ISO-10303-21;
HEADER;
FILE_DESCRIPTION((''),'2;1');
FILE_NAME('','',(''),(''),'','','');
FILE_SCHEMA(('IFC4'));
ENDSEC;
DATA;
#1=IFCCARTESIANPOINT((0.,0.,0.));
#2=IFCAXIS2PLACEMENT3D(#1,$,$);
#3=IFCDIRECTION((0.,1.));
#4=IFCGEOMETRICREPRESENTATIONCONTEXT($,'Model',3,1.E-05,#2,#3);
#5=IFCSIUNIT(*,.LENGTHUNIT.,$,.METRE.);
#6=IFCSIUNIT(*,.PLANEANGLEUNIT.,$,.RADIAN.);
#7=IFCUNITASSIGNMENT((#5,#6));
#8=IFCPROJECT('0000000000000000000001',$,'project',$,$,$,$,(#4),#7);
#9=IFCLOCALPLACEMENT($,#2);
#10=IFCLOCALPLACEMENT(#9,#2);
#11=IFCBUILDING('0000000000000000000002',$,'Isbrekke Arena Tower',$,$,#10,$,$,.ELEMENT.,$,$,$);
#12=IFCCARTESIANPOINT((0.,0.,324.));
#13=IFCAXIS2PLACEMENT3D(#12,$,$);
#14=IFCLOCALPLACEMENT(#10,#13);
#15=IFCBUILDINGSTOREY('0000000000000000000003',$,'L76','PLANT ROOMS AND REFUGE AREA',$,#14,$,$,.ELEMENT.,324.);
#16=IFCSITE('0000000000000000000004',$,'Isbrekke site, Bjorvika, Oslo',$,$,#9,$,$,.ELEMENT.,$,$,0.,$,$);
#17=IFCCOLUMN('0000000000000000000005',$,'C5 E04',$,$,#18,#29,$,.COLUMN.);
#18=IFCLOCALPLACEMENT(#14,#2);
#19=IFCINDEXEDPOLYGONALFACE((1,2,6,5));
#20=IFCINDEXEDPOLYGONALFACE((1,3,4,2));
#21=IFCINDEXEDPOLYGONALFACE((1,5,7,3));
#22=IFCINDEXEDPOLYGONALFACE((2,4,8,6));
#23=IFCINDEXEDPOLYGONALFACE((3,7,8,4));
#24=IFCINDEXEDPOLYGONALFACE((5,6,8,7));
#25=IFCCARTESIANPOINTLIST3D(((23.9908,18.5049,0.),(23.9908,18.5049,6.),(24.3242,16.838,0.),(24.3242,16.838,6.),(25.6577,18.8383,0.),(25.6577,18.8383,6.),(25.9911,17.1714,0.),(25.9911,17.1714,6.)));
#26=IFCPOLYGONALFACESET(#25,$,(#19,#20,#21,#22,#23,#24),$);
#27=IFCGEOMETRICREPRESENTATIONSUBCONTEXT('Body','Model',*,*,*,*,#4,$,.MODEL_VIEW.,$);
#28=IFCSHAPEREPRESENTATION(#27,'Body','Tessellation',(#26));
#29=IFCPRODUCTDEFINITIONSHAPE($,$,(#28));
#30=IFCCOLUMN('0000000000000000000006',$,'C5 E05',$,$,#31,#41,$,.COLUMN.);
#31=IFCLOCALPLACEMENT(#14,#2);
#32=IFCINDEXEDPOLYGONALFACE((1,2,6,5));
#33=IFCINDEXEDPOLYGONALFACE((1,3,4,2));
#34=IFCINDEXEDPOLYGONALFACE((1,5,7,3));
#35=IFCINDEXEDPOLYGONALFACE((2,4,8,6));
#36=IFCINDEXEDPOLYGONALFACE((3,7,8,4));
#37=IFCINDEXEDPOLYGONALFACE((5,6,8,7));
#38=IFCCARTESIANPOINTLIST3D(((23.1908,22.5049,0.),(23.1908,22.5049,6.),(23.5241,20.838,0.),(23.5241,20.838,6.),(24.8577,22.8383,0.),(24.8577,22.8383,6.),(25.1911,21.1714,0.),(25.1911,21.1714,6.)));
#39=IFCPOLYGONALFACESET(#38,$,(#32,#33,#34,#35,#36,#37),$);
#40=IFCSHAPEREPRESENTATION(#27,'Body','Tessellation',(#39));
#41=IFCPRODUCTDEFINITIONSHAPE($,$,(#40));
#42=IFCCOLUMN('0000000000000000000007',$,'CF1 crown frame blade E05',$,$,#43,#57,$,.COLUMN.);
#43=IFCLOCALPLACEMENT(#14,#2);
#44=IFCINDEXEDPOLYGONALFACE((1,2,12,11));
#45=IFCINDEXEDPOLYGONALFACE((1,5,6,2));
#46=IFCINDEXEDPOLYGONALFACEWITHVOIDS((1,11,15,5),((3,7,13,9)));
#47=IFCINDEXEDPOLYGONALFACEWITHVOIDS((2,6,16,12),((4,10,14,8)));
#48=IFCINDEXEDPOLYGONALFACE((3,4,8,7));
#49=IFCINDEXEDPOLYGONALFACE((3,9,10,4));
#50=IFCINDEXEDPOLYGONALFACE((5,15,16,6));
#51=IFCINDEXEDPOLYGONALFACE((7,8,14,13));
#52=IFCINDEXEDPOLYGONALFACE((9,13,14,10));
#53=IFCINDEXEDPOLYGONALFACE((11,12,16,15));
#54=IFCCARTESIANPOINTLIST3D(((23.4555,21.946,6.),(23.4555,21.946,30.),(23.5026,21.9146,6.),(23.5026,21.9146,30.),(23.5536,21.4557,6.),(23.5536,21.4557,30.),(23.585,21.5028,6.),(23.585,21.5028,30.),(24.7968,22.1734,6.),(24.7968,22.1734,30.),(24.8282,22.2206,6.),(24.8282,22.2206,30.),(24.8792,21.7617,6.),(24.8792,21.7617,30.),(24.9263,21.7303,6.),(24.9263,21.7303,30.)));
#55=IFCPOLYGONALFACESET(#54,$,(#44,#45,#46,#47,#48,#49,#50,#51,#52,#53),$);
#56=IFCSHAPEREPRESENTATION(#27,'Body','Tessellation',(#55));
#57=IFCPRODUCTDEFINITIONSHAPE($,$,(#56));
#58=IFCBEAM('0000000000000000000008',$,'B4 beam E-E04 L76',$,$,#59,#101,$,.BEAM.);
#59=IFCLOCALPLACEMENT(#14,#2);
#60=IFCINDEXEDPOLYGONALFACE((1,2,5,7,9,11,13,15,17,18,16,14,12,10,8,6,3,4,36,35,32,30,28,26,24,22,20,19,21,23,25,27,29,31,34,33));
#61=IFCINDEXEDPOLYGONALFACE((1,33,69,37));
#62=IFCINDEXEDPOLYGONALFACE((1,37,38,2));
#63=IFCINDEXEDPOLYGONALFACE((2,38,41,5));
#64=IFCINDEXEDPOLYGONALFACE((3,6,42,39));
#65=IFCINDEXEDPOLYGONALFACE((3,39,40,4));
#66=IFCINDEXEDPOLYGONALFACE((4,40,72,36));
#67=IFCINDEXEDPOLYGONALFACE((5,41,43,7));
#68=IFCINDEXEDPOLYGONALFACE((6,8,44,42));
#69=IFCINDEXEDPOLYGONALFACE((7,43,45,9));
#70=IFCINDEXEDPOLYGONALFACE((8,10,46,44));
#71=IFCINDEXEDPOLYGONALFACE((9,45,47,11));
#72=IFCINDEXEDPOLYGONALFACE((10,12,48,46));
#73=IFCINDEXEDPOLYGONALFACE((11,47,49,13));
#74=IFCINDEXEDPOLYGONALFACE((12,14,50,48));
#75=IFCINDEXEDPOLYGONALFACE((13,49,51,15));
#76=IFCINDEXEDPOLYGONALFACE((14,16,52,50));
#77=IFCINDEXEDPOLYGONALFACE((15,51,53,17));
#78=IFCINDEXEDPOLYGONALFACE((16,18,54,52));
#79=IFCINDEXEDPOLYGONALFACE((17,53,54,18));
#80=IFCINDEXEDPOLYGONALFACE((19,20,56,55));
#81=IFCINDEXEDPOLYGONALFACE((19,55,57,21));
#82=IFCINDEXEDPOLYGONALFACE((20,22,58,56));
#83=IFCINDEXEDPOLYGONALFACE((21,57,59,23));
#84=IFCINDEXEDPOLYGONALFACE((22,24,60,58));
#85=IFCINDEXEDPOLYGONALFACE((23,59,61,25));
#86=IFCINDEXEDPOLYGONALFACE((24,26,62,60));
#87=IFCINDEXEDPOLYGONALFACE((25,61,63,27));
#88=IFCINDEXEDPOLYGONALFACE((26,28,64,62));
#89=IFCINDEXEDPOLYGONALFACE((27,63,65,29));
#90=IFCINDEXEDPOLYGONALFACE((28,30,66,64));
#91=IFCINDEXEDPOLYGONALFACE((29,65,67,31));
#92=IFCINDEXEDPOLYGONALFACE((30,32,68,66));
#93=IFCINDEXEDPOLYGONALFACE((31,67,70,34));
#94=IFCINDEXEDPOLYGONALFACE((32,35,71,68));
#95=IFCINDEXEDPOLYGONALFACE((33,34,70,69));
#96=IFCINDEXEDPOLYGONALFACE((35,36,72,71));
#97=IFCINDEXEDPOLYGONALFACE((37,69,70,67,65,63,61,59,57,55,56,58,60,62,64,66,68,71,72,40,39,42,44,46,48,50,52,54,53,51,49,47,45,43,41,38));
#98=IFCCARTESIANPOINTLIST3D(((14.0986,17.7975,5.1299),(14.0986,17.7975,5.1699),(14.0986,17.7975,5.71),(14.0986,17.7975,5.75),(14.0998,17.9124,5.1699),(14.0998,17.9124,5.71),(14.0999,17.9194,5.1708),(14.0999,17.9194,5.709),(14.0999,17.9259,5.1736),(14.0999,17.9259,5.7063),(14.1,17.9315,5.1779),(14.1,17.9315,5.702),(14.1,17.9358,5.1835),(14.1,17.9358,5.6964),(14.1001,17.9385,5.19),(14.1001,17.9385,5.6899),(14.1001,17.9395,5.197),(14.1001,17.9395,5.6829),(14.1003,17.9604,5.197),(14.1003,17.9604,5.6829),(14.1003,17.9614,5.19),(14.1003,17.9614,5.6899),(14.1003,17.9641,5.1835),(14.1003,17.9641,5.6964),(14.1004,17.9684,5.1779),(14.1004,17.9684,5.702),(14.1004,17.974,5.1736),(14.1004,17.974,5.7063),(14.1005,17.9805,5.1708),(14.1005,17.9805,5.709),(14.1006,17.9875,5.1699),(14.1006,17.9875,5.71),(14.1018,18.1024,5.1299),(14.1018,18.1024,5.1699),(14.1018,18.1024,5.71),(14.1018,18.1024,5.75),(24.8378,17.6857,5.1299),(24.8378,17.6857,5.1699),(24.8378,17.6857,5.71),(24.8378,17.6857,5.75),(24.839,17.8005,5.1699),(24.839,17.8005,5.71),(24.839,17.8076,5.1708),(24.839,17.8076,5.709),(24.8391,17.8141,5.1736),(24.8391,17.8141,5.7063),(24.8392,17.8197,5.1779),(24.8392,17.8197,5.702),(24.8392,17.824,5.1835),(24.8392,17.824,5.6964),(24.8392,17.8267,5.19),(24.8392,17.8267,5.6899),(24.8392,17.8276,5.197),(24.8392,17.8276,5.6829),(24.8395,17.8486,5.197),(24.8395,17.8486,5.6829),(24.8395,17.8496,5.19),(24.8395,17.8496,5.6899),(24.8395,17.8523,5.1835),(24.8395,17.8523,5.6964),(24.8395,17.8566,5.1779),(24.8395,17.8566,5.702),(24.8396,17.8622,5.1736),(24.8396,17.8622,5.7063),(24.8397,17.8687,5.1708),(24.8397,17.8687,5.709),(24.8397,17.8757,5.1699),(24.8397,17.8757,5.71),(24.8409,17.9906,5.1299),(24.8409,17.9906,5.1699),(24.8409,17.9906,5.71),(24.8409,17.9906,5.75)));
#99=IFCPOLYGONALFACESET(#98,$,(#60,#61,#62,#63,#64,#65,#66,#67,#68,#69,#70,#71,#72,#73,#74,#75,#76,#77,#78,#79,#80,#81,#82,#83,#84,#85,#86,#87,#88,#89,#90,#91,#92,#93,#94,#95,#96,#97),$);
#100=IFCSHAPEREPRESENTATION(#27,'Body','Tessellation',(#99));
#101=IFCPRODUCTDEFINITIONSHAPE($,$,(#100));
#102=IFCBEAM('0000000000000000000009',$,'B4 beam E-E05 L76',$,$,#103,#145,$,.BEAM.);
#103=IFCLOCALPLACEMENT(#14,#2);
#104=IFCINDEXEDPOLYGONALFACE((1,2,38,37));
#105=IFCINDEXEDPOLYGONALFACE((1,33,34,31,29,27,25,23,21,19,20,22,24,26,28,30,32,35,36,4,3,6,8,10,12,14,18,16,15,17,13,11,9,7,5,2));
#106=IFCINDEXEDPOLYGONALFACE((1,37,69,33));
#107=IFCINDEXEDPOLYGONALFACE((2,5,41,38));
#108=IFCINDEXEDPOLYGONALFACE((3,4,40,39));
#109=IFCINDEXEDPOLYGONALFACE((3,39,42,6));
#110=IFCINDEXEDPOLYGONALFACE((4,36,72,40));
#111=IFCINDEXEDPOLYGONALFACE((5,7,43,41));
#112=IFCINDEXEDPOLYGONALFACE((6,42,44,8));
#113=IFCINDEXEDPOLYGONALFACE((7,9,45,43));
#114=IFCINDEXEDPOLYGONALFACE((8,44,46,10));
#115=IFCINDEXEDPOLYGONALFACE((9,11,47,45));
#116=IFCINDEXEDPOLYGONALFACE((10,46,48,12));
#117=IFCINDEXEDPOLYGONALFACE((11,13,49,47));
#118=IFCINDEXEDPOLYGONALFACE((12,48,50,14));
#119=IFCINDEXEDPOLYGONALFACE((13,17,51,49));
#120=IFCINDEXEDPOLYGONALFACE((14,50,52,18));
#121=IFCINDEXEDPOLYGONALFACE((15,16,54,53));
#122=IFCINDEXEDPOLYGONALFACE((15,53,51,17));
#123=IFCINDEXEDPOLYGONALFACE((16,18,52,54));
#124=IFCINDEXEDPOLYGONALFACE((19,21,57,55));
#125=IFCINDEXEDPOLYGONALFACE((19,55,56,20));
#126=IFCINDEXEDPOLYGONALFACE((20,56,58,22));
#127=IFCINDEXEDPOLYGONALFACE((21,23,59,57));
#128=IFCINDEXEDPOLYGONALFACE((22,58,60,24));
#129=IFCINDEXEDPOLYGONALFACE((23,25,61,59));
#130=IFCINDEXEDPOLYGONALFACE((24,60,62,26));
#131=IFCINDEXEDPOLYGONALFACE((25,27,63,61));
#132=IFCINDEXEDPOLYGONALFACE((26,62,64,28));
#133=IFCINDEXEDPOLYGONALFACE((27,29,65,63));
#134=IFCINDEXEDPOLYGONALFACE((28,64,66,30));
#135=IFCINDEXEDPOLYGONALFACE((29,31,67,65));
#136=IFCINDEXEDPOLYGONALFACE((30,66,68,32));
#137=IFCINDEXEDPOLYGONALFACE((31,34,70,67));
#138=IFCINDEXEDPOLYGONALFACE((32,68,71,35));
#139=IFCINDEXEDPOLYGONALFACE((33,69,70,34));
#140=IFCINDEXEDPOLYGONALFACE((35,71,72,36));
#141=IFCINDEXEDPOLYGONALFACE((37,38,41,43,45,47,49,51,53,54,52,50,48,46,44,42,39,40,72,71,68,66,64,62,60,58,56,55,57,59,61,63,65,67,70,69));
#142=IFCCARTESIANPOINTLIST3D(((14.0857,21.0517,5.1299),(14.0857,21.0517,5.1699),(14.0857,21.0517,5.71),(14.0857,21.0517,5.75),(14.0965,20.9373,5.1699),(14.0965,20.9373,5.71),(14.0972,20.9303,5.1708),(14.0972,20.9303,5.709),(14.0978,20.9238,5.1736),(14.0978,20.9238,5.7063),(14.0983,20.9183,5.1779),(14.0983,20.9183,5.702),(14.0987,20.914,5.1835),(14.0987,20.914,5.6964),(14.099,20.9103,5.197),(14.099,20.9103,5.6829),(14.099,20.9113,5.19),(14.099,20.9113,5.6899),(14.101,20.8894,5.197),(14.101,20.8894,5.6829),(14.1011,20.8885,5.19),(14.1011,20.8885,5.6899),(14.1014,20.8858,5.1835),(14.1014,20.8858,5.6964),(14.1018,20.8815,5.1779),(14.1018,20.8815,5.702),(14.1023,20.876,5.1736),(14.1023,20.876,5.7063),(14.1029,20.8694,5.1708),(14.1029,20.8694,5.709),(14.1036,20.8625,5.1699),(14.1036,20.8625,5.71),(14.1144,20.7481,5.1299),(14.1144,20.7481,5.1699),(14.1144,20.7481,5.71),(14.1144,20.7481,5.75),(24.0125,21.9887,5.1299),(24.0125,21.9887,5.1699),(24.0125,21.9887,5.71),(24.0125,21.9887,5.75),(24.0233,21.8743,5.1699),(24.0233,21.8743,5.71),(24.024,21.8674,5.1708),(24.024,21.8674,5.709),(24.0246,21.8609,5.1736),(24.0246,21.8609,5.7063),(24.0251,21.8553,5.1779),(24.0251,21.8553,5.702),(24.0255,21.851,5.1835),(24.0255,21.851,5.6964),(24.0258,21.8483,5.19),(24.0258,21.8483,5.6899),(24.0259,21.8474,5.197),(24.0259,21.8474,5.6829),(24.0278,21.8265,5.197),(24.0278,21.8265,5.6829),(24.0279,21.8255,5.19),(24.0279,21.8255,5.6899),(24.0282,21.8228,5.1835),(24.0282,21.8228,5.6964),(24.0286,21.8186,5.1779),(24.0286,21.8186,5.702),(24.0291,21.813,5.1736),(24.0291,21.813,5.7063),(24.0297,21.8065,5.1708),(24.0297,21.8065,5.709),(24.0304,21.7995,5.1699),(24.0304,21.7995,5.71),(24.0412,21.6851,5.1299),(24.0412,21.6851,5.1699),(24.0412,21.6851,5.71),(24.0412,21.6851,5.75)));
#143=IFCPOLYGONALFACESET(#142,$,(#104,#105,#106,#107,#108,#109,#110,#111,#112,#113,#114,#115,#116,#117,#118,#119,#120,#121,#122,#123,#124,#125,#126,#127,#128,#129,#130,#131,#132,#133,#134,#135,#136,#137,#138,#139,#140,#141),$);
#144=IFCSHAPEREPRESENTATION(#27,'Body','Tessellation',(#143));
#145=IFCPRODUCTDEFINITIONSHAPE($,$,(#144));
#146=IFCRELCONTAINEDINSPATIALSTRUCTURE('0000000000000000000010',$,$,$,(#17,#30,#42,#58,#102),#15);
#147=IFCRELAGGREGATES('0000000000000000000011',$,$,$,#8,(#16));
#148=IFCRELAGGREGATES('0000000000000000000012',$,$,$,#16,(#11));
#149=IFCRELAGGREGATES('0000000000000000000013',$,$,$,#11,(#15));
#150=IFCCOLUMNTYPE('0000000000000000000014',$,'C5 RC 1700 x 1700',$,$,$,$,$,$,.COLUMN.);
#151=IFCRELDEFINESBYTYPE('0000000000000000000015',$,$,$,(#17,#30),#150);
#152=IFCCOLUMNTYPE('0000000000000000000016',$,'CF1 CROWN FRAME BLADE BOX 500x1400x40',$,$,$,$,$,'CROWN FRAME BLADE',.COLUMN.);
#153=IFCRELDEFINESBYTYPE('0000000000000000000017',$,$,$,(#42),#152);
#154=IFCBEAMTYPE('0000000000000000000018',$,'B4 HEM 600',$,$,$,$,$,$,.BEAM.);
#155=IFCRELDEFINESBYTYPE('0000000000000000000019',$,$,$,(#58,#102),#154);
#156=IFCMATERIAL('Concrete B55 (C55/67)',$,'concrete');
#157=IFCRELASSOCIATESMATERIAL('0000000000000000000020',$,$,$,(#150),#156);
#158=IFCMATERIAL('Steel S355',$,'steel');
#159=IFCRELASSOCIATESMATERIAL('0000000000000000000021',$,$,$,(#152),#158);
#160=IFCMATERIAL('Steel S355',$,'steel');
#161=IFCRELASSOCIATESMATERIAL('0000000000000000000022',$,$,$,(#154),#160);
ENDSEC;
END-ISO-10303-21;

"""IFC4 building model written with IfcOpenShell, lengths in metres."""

from ifc_helpers import new_model, si_unit, direction, frame, origin, origin_2d, place, context, subcontext, project, spatial, rectangle, hollow_rectangle, i_section, extrude, material, material_profile, profile_set, type_object, element, save


model = new_model("IFC4")

# Units and contexts
model_context = context("Model", 3, precision=1e-05, world=origin(), true_north=direction((0.0, 1.0)))
body_context = subcontext(model_context, "Body", "Model", "MODEL_VIEW")
ifc_project = project(units=[si_unit("LENGTHUNIT", "METRE"), si_unit("PLANEANGLEUNIT", "RADIAN")], contexts=[model_context])

# Site, building, storey
site_placement = place(None, origin())
site = spatial("IfcSite", under=ifc_project, at=site_placement, Name="Isbrekke site, Bjorvika, Oslo", CompositionType="ELEMENT", RefElevation=0.0)
building_placement = place(site_placement, origin())
building = spatial("IfcBuilding", under=site, at=building_placement, Name="Isbrekke Arena Tower", CompositionType="ELEMENT")
storey_placement = place(building_placement, frame((0.0, 0.0, 324.0)))
storey = spatial("IfcBuildingStorey", under=building, at=storey_placement, Name="L76", Description="PLANT ROOMS AND REFUGE AREA", CompositionType="ELEMENT", Elevation=324.0)

# Columns
ifc_material_1 = material(Name="Concrete B55 (C55/67)", Category="concrete")
ifc_material_profile_1 = material_profile(ifc_material_1, rectangle(XDim=1.7, YDim=1.7, at=origin_2d()), Name="RC 1700x1700")
ifc_profile_set_1 = profile_set([ifc_material_profile_1], Name="Concrete B55 (C55/67)")
column_type_1 = type_object("IfcColumnType", Name="C5 RC 1700 x 1700", PredefinedType="COLUMN", material=ifc_profile_set_1)
for number, where, z_axis, x_axis, name in (
    (1, (24.991, 17.8381, 0.0), (0.0, 0.0, 1.0), (-0.196116, 0.980581, 0.0), "C5 E04"),
    (2, (24.1909, 21.8381, 0.0), (0.0, 0.0, 1.0), (-0.196116, 0.980581, 0.0), "C5 E05"),
):
    element("IfcColumn", number, at=place(storey_placement, frame(where, z_axis=z_axis, x_axis=x_axis)), inside=storey, type_object=column_type_1, Name=name, PredefinedType="COLUMN", context=body_context, shape_type="SweptSolid", body=[
        extrude(rectangle(XDim=1.7, YDim=1.7, at=origin_2d()), origin(), (0.0, 0.0, 1.0), 6.0),
    ])
ifc_material_2 = material(Name="Steel S355", Category="steel")
ifc_material_profile_2 = material_profile(ifc_material_2, hollow_rectangle(XDim=0.5, YDim=1.3999, WallThickness=0.04, at=origin_2d()), Name="BOX 500x1400x40")
ifc_profile_set_2 = profile_set([ifc_material_profile_2], Name="Steel S355")
column_type_2 = type_object("IfcColumnType", Name="CF1 CROWN FRAME BLADE BOX 500x1400x40", ElementType="CROWN FRAME BLADE", PredefinedType="COLUMN", material=ifc_profile_set_2)
column_placement = place(storey_placement, frame((24.1909, 21.8381, 6.0), z_axis=(0.0, 0.0, 1.0), x_axis=(-0.196116, 0.980581, 0.0)))
element("IfcColumn", 3, at=column_placement, inside=storey, type_object=column_type_2, Name="CF1 crown frame blade E05", PredefinedType="COLUMN", context=body_context, shape_type="SweptSolid", body=[
    extrude(hollow_rectangle(XDim=0.5, YDim=1.3999, WallThickness=0.04, at=origin_2d()), origin(), (0.0, 0.0, 1.0), 24.0),
])

# Beams
ifc_material_3 = material(Name="Steel S355", Category="steel")
ifc_material_profile_3 = material_profile(ifc_material_3, i_section(OverallWidth=0.3049, OverallDepth=0.6201, WebThickness=0.021, FlangeThickness=0.04, FilletRadius=0.0271, at=origin_2d()), Name="HEM 600")
ifc_profile_set_3 = profile_set([ifc_material_profile_3], Name="Steel S355")
beam_type_1 = type_object("IfcBeamType", Name="B4 HEM 600", PredefinedType="BEAM", material=ifc_profile_set_3)
beam_1_placement = place(storey_placement, frame((24.8394, 17.8381, 5.4399), z_axis=(-0.999946, 0.010411, 0.0), x_axis=(-0.010411, -0.999946, 0.0)))
element("IfcBeam", 4, at=beam_1_placement, inside=storey, type_object=beam_type_1, Name="B4 beam E-E04 L76", PredefinedType="BEAM", context=body_context, shape_type="SweptSolid", body=[
    extrude(i_section(OverallWidth=0.3049, OverallDepth=0.6201, WebThickness=0.021, FlangeThickness=0.04, FilletRadius=0.0271, at=origin_2d()), origin(), (0.0, 0.0, 1.0), 10.7397),
])
beam_2_placement = place(storey_placement, frame((24.0269, 21.8369, 5.4399), z_axis=(-0.995575, -0.093975, 0.0), x_axis=(0.093975, -0.995575, 0.0)))
element("IfcBeam", 5, at=beam_2_placement, inside=storey, type_object=beam_type_1, Name="B4 beam E-E05 L76", PredefinedType="BEAM", context=body_context, shape_type="SweptSolid", body=[
    extrude(i_section(OverallWidth=0.3049, OverallDepth=0.6201, WebThickness=0.021, FlangeThickness=0.04, FilletRadius=0.0271, at=origin_2d()), origin(), (0.0, 0.0, 1.0), 9.9709),
])

save(model, "model.ifc")
